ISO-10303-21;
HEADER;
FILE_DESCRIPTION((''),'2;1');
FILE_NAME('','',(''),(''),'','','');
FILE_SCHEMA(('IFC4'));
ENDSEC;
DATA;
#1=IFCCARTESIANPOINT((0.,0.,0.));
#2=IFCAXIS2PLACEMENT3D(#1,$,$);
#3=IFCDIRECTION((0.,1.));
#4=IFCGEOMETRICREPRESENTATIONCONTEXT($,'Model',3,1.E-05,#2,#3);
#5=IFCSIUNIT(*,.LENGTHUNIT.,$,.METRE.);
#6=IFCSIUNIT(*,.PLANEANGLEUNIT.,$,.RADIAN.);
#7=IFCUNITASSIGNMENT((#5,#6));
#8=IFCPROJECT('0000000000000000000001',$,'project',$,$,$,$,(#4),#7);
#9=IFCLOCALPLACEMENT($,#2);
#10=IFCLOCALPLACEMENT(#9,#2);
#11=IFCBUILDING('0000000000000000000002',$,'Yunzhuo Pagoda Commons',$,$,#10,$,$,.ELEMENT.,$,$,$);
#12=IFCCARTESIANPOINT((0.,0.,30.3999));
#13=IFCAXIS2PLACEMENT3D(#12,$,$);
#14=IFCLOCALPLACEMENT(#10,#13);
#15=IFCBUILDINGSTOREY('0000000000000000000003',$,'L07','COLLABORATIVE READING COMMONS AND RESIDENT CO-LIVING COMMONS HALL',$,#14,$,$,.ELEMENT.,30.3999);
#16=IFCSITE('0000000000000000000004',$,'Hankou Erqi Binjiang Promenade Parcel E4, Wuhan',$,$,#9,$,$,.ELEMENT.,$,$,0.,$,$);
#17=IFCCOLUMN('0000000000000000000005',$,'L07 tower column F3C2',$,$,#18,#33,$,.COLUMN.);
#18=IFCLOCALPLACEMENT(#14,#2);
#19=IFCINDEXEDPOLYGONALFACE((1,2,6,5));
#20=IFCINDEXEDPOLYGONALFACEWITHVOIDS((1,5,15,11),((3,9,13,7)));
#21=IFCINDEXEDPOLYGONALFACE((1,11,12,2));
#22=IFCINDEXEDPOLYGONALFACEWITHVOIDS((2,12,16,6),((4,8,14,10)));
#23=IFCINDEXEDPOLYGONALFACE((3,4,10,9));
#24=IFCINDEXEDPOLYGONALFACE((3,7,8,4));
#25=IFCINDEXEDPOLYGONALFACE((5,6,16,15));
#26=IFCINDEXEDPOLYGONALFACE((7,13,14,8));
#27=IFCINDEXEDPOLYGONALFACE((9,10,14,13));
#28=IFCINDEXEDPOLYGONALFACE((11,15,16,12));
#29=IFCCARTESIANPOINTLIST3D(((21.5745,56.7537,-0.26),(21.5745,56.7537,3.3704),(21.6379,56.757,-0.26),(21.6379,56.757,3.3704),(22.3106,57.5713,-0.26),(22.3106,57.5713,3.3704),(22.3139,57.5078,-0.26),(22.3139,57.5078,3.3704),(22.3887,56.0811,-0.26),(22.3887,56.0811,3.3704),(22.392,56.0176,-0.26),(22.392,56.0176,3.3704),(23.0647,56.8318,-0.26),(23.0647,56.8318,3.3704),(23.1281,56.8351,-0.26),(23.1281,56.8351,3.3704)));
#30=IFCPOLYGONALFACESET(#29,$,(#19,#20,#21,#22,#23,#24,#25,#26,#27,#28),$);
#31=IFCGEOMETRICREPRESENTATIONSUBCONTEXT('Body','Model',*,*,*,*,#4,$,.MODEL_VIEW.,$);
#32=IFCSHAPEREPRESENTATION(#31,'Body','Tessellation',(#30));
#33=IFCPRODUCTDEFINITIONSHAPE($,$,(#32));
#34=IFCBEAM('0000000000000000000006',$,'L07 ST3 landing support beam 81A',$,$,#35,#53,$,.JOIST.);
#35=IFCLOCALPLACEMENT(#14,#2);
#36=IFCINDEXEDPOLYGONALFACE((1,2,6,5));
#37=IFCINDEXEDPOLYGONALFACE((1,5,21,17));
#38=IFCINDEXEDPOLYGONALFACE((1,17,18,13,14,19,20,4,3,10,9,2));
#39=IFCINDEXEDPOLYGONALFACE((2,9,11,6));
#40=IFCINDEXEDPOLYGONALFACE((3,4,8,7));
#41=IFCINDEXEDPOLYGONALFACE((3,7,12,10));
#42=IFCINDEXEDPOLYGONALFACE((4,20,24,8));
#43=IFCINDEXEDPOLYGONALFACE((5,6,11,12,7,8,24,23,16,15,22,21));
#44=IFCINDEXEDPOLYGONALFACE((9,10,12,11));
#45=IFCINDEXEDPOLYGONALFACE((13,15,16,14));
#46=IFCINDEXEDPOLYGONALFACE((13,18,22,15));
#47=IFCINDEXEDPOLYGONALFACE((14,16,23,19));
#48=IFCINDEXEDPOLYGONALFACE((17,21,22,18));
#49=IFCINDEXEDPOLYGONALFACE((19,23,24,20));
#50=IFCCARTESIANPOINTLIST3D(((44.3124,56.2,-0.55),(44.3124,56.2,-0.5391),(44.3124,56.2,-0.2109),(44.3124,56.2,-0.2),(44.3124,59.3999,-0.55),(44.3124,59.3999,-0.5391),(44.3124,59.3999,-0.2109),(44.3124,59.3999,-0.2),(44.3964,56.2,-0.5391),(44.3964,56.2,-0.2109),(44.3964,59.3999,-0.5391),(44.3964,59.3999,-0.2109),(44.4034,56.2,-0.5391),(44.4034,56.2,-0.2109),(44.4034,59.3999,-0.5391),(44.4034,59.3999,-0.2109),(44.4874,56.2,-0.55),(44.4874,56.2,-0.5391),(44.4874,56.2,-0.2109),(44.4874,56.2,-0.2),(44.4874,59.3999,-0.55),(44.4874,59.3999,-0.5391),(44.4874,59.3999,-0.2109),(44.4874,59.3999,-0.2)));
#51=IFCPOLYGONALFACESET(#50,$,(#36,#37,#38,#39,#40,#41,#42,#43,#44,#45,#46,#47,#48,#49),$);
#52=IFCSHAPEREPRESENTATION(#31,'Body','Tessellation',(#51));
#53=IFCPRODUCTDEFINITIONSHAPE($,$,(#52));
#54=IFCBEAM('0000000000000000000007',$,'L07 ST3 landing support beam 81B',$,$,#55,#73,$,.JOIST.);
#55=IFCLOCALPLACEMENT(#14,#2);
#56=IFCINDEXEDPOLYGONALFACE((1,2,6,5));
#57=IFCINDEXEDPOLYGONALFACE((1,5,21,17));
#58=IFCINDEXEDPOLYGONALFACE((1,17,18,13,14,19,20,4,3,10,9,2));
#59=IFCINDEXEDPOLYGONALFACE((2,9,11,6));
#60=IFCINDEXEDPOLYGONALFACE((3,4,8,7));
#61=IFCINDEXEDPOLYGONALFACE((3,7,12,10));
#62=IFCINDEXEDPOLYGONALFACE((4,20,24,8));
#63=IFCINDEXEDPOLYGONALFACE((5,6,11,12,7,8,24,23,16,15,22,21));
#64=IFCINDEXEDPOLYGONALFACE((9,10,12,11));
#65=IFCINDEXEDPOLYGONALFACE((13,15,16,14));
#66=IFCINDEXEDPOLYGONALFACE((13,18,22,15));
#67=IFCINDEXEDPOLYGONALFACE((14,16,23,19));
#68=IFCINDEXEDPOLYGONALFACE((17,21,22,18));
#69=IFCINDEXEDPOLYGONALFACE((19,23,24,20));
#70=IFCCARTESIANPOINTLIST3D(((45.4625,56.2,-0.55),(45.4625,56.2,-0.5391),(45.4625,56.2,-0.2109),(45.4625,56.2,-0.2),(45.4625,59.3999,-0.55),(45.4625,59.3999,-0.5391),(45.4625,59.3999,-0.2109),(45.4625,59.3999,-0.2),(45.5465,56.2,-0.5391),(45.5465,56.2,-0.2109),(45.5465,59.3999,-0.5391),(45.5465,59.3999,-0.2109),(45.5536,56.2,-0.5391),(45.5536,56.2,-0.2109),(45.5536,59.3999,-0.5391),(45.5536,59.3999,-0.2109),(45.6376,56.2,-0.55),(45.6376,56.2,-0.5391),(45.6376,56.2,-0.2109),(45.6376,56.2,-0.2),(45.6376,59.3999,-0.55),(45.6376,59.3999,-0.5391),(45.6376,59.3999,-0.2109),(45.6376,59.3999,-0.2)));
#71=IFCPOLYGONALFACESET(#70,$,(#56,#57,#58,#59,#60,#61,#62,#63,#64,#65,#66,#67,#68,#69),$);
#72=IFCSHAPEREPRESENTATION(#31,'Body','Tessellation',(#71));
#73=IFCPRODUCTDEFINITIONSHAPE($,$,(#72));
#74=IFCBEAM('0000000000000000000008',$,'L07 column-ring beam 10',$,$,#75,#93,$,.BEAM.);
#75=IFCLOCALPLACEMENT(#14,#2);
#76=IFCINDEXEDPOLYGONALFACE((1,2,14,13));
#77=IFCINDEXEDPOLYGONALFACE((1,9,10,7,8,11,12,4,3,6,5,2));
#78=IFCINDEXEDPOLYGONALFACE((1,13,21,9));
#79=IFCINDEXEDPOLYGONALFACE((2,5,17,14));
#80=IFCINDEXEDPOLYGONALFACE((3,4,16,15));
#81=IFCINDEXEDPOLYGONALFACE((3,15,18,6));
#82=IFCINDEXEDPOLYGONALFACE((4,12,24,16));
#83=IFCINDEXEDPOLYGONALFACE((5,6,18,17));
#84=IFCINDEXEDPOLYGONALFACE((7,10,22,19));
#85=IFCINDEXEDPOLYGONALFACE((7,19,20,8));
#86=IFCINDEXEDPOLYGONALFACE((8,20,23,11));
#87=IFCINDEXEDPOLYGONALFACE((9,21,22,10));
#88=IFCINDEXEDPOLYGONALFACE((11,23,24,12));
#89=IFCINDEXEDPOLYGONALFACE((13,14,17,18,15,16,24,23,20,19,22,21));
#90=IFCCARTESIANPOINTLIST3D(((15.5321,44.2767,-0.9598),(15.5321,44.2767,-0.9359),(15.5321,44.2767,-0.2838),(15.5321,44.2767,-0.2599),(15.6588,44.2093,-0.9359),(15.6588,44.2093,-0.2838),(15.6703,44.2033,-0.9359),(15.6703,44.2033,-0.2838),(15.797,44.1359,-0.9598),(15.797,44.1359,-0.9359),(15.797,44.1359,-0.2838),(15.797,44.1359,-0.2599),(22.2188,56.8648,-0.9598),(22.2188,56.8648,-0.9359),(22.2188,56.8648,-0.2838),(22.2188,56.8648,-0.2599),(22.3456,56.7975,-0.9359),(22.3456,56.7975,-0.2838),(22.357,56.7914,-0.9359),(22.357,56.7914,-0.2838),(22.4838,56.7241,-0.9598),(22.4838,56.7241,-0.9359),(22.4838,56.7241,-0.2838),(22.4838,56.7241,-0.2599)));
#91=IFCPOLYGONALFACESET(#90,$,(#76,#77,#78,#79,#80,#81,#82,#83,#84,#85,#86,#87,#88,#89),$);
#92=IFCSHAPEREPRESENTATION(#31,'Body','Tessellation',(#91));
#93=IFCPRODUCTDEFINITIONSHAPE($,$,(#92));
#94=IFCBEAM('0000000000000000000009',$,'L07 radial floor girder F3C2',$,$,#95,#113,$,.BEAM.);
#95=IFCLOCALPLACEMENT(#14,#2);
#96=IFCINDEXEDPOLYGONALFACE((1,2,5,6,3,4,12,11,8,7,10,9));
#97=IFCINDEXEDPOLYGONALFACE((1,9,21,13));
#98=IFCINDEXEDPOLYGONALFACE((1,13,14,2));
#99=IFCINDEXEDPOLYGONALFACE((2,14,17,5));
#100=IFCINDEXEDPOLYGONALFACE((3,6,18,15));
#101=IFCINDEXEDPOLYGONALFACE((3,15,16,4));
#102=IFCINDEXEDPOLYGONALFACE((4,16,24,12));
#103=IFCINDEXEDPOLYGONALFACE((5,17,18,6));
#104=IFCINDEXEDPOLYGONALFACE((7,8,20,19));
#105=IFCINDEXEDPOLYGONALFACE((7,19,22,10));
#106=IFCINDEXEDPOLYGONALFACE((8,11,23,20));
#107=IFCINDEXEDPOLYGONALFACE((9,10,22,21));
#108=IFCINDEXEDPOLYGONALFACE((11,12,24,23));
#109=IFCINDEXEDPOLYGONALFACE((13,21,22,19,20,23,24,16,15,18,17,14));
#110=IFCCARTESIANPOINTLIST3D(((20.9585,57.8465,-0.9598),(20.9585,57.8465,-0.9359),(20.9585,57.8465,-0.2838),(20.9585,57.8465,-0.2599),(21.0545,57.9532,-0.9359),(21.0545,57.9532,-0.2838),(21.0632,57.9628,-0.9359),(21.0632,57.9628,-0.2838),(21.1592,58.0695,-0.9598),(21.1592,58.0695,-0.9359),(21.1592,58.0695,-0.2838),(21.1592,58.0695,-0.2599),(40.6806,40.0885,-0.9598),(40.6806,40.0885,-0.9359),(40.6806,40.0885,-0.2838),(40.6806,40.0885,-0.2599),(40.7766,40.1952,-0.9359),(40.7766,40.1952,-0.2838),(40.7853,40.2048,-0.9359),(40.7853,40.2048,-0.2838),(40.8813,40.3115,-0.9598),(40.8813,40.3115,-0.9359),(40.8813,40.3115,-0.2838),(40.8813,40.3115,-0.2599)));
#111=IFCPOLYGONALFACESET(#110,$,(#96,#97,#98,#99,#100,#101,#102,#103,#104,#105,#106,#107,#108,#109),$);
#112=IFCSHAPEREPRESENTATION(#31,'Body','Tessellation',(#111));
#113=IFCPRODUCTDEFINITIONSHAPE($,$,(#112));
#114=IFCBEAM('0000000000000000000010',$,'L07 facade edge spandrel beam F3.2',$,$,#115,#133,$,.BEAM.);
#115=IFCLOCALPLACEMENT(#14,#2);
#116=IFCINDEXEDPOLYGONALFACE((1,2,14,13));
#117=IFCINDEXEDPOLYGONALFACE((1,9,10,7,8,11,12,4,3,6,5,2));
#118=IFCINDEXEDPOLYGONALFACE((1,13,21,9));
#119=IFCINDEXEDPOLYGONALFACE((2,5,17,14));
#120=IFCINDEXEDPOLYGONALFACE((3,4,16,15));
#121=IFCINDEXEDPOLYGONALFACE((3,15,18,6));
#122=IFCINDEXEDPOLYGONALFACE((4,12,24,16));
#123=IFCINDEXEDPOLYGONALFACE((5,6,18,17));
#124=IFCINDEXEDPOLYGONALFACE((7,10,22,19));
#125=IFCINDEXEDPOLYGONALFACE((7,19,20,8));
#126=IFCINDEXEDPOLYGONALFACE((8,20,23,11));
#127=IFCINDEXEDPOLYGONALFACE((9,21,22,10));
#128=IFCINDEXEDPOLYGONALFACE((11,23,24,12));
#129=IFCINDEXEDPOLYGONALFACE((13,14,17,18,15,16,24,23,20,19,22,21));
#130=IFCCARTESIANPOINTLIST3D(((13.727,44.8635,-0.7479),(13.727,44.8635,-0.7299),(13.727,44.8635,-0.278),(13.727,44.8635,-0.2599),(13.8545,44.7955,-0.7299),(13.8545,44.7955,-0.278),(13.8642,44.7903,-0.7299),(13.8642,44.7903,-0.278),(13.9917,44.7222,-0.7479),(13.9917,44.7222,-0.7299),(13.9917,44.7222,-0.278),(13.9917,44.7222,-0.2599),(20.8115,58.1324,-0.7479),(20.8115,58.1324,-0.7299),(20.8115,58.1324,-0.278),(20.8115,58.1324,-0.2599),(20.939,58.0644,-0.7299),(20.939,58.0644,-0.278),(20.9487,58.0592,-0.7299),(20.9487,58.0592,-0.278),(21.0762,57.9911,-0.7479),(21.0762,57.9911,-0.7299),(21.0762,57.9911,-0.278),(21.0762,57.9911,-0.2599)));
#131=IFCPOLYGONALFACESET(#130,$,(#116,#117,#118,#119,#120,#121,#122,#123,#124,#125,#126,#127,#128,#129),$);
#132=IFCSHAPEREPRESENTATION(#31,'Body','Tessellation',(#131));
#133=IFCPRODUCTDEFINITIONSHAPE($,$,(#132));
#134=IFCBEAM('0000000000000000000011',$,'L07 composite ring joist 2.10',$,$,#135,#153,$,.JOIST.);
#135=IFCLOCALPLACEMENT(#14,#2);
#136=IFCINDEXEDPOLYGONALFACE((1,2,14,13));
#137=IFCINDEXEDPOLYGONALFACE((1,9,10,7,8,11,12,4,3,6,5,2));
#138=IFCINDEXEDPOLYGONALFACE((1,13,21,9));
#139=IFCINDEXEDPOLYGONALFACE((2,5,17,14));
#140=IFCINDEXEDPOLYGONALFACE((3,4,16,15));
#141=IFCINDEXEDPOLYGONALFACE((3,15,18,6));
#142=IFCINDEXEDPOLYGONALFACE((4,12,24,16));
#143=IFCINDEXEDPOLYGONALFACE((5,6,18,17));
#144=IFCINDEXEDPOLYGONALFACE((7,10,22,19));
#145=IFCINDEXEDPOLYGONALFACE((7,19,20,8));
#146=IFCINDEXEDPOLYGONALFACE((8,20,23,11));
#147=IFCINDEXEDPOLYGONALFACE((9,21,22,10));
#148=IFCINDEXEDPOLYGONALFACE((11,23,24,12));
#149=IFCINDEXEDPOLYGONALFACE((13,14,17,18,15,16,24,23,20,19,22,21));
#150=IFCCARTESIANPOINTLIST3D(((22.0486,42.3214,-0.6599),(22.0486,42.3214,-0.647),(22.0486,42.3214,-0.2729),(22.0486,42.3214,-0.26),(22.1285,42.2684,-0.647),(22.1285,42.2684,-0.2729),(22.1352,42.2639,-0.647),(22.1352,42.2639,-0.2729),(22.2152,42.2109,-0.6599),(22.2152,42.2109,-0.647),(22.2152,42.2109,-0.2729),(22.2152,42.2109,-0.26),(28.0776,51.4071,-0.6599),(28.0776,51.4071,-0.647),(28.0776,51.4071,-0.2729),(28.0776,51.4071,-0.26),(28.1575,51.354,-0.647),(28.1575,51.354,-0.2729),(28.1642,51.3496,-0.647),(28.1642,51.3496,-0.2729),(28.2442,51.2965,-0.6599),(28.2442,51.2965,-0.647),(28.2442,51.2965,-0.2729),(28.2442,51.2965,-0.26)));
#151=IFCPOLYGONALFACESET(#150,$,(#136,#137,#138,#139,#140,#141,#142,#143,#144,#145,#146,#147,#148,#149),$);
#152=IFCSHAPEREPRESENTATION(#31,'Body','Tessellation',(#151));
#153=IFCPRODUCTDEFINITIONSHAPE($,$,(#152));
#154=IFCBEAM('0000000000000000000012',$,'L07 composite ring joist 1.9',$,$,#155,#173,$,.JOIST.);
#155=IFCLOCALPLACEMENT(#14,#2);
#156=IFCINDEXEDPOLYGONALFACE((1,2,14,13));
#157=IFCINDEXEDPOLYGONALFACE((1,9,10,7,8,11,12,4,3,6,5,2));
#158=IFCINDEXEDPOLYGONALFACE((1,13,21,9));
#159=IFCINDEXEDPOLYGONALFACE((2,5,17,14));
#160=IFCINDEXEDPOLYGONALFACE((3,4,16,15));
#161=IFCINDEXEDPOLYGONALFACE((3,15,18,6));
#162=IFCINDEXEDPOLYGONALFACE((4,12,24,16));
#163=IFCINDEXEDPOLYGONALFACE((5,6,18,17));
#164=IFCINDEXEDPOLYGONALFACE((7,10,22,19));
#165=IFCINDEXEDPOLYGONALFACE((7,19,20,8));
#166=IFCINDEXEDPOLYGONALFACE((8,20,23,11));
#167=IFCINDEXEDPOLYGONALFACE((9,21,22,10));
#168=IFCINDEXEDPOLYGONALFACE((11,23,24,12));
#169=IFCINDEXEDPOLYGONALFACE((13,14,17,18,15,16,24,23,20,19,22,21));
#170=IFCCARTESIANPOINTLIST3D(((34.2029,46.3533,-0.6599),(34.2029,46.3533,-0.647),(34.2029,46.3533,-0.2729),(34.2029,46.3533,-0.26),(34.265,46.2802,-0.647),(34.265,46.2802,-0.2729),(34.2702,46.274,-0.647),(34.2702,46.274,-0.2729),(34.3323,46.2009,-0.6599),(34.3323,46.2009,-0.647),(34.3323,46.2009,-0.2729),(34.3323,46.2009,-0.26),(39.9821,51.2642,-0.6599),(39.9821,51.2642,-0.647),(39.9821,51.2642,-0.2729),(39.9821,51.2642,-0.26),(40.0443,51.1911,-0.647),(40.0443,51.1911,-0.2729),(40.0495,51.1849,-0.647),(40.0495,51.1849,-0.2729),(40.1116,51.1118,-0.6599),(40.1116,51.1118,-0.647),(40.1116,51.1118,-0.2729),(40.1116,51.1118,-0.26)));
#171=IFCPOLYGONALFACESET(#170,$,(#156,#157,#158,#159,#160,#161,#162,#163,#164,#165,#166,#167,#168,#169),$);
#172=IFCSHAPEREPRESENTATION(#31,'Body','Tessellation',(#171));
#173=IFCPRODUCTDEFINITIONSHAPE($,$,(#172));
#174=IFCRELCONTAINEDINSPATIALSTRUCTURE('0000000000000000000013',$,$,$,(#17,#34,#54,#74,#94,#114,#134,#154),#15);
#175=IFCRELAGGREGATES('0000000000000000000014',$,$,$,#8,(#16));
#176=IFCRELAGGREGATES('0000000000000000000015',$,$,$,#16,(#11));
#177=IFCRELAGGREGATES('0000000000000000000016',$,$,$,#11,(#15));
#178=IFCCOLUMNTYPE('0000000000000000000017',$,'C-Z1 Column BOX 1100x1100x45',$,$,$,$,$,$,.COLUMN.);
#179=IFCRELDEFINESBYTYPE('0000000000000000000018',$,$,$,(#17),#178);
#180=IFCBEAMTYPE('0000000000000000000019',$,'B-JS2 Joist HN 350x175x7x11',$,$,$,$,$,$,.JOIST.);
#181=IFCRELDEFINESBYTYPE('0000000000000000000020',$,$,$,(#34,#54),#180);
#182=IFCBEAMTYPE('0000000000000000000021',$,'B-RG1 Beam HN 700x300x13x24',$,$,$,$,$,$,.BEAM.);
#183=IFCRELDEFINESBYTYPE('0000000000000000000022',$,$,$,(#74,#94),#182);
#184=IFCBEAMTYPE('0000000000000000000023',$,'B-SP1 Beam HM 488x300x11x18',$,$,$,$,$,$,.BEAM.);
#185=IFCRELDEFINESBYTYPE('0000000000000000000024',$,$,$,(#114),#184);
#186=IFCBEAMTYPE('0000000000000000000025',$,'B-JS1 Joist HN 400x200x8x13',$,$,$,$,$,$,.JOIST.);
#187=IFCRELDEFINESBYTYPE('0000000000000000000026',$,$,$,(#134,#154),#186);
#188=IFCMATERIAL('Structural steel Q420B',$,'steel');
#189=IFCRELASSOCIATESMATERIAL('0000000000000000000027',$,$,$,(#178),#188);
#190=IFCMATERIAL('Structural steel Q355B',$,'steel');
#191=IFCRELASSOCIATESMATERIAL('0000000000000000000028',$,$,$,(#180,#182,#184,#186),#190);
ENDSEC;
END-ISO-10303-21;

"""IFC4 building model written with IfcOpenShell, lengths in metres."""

from ifc_helpers import new_model, si_unit, direction, frame, origin, origin_2d, place, context, subcontext, project, spatial, hollow_rectangle, i_section, extrude, source, transform, mapped, material, material_profile, profile_set, type_object, element, save


model = new_model("IFC4")

# Units and contexts
model_context = context("Model", 3, precision=1e-05, world=origin(), true_north=direction((0.0, 1.0)))
body_context = subcontext(model_context, "Body", "Model", "MODEL_VIEW")
ifc_project = project(units=[si_unit("LENGTHUNIT", "METRE"), si_unit("PLANEANGLEUNIT", "RADIAN")], contexts=[model_context])

# Site, building, storey
site_placement = place(None, origin())
site = spatial("IfcSite", under=ifc_project, at=site_placement, Name="Hankou Erqi Binjiang Promenade Parcel E4, Wuhan", CompositionType="ELEMENT", RefElevation=0.0)
building_placement = place(site_placement, origin())
building = spatial("IfcBuilding", under=site, at=building_placement, Name="Yunzhuo Pagoda Commons", CompositionType="ELEMENT")
storey_placement = place(building_placement, frame((0.0, 0.0, 30.3999)))
storey = spatial("IfcBuildingStorey", under=building, at=storey_placement, Name="L07", Description="COLLABORATIVE READING COMMONS AND RESIDENT CO-LIVING COMMONS HALL", CompositionType="ELEMENT", Elevation=30.3999)

# Column
ifc_material_1 = material(Name="Structural steel Q420B", Category="steel")
ifc_material_profile_1 = material_profile(ifc_material_1, hollow_rectangle(XDim=1.1001, YDim=1.1001, WallThickness=0.0449, at=origin_2d()), Name="Structural steel Q420B")
ifc_profile_set_1 = profile_set([ifc_material_profile_1], Name="Structural steel Q420B")
column_type = type_object("IfcColumnType", Name="C-Z1 Column BOX 1100x1100x45", PredefinedType="COLUMN", material=ifc_profile_set_1)
shared_shape_1 = source(origin(), body_context, "Body", "SweptSolid", [
    extrude(hollow_rectangle(XDim=1.1001, YDim=1.1001, WallThickness=0.0449, at=origin_2d()), origin(), (0.0, 0.0, 1.0), 3.6304),
])
column_placement = place(storey_placement, frame((22.3513, 56.7944, -0.26), z_axis=(0.0, 0.0, 1.0), x_axis=(-0.669131, -0.743145, 0.0)))
element("IfcColumn", 1, at=column_placement, inside=storey, type_object=column_type, Name="L07 tower column F3C2", PredefinedType="COLUMN", context=body_context, shape_type="MappedRepresentation", body=[
    mapped(shared_shape_1, transform((0.0, 0.0, 0.0), scale=1.0)),
])

# Beams
ifc_material_2 = material(Name="Structural steel Q355B", Category="steel")
ifc_material_profile_2 = material_profile(ifc_material_2, i_section(OverallWidth=0.175, OverallDepth=0.3501, WebThickness=0.0071, FlangeThickness=0.011, at=origin_2d()), Name="Structural steel Q355B")
ifc_profile_set_2 = profile_set([ifc_material_profile_2], Name="Structural steel Q355B")
beam_type_1 = type_object("IfcBeamType", Name="B-JS2 Joist HN 350x175x7x11", PredefinedType="JOIST", material=ifc_profile_set_2)
shared_shape_2 = source(origin(), body_context, "Body", "SweptSolid", [
    extrude(i_section(OverallWidth=0.175, OverallDepth=0.3501, WebThickness=0.0071, FlangeThickness=0.011, at=origin_2d()), origin(), (0.0, 0.0, 1.0), 3.2),
])
for number, where, z_axis, x_axis, name in (
    (2, (44.3999, 56.2, -0.375), (0.0, 1.0, 0.0), (-1.0, 0.0, 0.0), "L07 ST3 landing support beam 81A"),
    (3, (45.55, 56.2, -0.375), (0.0, 1.0, 0.0), (-1.0, 0.0, 0.0), "L07 ST3 landing support beam 81B"),
):
    element("IfcBeam", number, at=place(storey_placement, frame(where, z_axis=z_axis, x_axis=x_axis)), inside=storey, type_object=beam_type_1, Name=name, PredefinedType="JOIST", context=body_context, shape_type="MappedRepresentation", body=[
        mapped(shared_shape_2, transform((0.0, 0.0, 0.0), scale=1.0)),
    ])
ifc_material_profile_3 = material_profile(ifc_material_2, i_section(OverallWidth=0.3, OverallDepth=0.7, WebThickness=0.0129, FlangeThickness=0.0239, at=origin_2d()), Name="Structural steel Q355B")
ifc_profile_set_3 = profile_set([ifc_material_profile_3], Name="Structural steel Q355B")
beam_type_2 = type_object("IfcBeamType", Name="B-RG1 Beam HN 700x300x13x24", PredefinedType="BEAM", material=ifc_profile_set_3)
shared_shape_3 = source(origin(), body_context, "Body", "SweptSolid", [
    extrude(i_section(OverallWidth=0.3, OverallDepth=0.7, WebThickness=0.0129, FlangeThickness=0.0239, at=origin_2d()), origin(), (0.0, 0.0, 1.0), 14.2539),
])
beam_1_placement = place(storey_placement, frame((22.3513, 56.7944, -0.6099), z_axis=(-0.469118, -0.883135, 0.0), x_axis=(0.883135, -0.469118, 0.0)))
element("IfcBeam", 4, at=beam_1_placement, inside=storey, type_object=beam_type_2, Name="L07 column-ring beam 10", PredefinedType="BEAM", context=body_context, shape_type="MappedRepresentation", body=[
    mapped(shared_shape_3, transform((0.0, 0.0, 0.0), scale=1.0)),
])
shared_shape_4 = source(origin(), body_context, "Body", "SweptSolid", [
    extrude(i_section(OverallWidth=0.3, OverallDepth=0.7, WebThickness=0.0129, FlangeThickness=0.0239, at=origin_2d()), origin(), (0.0, 0.0, 1.0), 26.5388),
])
beam_2_placement = place(storey_placement, frame((21.0588, 57.958, -0.6099), z_axis=(0.743142, -0.669133, 0.0), x_axis=(0.669133, 0.743142, 0.0)))
element("IfcBeam", 5, at=beam_2_placement, inside=storey, type_object=beam_type_2, Name="L07 radial floor girder F3C2", PredefinedType="BEAM", context=body_context, shape_type="MappedRepresentation", body=[
    mapped(shared_shape_4, transform((0.0, 0.0, 0.0), scale=1.0)),
])
ifc_material_profile_4 = material_profile(ifc_material_2, i_section(OverallWidth=0.3, OverallDepth=0.488, WebThickness=0.011, FlangeThickness=0.0181, at=origin_2d()), Name="Structural steel Q355B")
ifc_profile_set_4 = profile_set([ifc_material_profile_4], Name="Structural steel Q355B")
beam_type_3 = type_object("IfcBeamType", Name="B-SP1 Beam HM 488x300x11x18", PredefinedType="BEAM", material=ifc_profile_set_4)
shared_shape_5 = source(origin(), body_context, "Body", "SweptSolid", [
    extrude(i_section(OverallWidth=0.3, OverallDepth=0.488, WebThickness=0.011, FlangeThickness=0.0181, at=origin_2d()), origin(), (0.0, 0.0, 1.0), 15.0417),
])
beam_3_placement = place(storey_placement, frame((20.9438, 58.0618, -0.5039), z_axis=(-0.470991, -0.882138, 0.0), x_axis=(0.882138, -0.470991, 0.0)))
element("IfcBeam", 6, at=beam_3_placement, inside=storey, type_object=beam_type_3, Name="L07 facade edge spandrel beam F3.2", PredefinedType="BEAM", context=body_context, shape_type="MappedRepresentation", body=[
    mapped(shared_shape_5, transform((0.0, 0.0, 0.0), scale=1.0)),
])
ifc_material_profile_5 = material_profile(ifc_material_2, i_section(OverallWidth=0.2, OverallDepth=0.3999, WebThickness=0.0081, FlangeThickness=0.0129, at=origin_2d()), Name="Structural steel Q355B")
ifc_profile_set_5 = profile_set([ifc_material_profile_5], Name="Structural steel Q355B")
beam_type_4 = type_object("IfcBeamType", Name="B-JS1 Joist HN 400x200x8x13", PredefinedType="JOIST", material=ifc_profile_set_5)
shared_shape_6 = source(origin(), body_context, "Body", "SweptSolid", [
    extrude(i_section(OverallWidth=0.2, OverallDepth=0.3999, WebThickness=0.0081, FlangeThickness=0.0129, at=origin_2d()), origin(), (0.0, 0.0, 1.0), 10.9041),
])
beam_4_placement = place(storey_placement, frame((28.1609, 51.3518, -0.46), z_axis=(-0.552916, -0.833237, 0.0), x_axis=(0.833237, -0.552916, 0.0)))
element("IfcBeam", 7, at=beam_4_placement, inside=storey, type_object=beam_type_4, Name="L07 composite ring joist 2.10", PredefinedType="JOIST", context=body_context, shape_type="MappedRepresentation", body=[
    mapped(shared_shape_6, transform((0.0, 0.0, 0.0), scale=1.0)),
])
shared_shape_7 = source(origin(), body_context, "Body", "SweptSolid", [
    extrude(i_section(OverallWidth=0.2, OverallDepth=0.3999, WebThickness=0.0081, FlangeThickness=0.0129, at=origin_2d()), origin(), (0.0, 0.0, 1.0), 7.584),
])
beam_5_placement = place(storey_placement, frame((40.0469, 51.188, -0.46), z_axis=(-0.762038, -0.647533, 0.0), x_axis=(0.647533, -0.762038, 0.0)))
element("IfcBeam", 8, at=beam_5_placement, inside=storey, type_object=beam_type_4, Name="L07 composite ring joist 1.9", PredefinedType="JOIST", context=body_context, shape_type="MappedRepresentation", body=[
    mapped(shared_shape_7, transform((0.0, 0.0, 0.0), scale=1.0)),
])

save(model, "model.ifc")
